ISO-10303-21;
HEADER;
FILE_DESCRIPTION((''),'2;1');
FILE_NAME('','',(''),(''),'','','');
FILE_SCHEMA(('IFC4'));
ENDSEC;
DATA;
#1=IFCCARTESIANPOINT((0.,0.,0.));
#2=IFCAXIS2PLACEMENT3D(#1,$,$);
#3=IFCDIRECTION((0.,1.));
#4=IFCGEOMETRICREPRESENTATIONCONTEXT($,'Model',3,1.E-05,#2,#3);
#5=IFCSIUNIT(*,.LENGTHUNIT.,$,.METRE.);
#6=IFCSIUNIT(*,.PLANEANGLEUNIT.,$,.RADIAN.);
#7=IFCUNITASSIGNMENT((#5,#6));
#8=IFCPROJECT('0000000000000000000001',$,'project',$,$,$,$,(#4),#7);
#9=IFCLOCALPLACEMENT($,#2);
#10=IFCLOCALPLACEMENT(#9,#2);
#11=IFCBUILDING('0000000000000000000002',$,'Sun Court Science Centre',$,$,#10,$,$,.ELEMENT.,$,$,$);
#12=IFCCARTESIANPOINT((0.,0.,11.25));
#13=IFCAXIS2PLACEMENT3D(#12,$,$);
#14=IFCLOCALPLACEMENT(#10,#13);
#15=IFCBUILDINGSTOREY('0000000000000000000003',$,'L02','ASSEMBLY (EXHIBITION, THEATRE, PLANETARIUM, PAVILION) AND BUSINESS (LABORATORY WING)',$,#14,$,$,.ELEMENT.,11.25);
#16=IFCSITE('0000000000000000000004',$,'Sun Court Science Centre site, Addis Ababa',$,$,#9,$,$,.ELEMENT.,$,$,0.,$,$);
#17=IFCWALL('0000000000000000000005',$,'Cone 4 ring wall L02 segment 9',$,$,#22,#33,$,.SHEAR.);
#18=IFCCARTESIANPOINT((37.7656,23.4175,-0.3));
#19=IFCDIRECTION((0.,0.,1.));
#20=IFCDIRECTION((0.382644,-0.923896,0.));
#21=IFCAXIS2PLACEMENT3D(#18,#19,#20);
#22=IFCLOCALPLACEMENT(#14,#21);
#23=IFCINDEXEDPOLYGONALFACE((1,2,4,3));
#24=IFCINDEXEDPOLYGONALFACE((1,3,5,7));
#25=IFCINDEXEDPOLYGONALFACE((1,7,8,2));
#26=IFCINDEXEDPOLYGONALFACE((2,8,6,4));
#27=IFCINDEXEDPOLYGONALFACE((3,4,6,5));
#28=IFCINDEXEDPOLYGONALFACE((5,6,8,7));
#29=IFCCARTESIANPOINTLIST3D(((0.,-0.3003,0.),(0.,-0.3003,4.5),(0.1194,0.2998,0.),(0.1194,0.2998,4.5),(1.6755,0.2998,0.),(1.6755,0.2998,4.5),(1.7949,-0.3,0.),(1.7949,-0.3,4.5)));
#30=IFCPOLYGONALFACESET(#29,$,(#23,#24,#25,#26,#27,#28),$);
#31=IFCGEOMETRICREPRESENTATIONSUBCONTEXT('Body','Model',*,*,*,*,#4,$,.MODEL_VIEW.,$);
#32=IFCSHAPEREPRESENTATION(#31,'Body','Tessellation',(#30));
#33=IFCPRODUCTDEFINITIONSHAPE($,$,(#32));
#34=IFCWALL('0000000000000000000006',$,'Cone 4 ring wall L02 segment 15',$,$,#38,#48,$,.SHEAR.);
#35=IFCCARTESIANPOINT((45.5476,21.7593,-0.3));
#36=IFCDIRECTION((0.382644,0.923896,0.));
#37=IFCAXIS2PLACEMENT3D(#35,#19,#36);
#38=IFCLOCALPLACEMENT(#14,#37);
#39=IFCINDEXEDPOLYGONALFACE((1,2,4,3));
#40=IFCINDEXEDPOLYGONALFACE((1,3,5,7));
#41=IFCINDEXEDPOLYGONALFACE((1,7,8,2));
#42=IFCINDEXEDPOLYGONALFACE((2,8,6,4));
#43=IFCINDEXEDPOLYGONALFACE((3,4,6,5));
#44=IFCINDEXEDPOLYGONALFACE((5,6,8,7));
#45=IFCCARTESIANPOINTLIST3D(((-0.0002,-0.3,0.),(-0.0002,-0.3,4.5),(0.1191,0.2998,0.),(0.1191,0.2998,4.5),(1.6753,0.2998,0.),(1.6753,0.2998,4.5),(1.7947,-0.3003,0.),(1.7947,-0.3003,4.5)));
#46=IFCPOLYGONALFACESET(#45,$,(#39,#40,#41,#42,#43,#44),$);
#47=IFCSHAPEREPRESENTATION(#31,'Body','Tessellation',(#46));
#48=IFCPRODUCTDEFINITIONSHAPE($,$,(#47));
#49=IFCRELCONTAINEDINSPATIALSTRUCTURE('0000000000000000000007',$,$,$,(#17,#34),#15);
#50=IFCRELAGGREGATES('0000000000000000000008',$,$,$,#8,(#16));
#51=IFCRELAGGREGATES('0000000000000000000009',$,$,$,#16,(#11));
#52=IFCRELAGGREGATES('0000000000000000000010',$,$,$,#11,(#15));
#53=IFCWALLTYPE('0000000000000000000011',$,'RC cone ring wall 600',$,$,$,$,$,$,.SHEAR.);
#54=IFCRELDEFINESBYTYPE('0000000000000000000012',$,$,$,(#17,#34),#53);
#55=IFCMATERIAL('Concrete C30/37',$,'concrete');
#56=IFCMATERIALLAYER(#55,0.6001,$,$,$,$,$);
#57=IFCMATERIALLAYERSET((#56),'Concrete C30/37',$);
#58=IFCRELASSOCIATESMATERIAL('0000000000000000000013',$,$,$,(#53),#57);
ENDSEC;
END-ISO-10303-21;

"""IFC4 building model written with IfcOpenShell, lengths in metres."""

from ifc_helpers import new_model, si_unit, direction, frame, origin, place, context, subcontext, project, spatial, polyline, outline, extrude, material, layer, layer_set, type_object, element, save


model = new_model("IFC4")

# Units and contexts
model_context = context("Model", 3, precision=1e-05, world=origin(), true_north=direction((0.0, 1.0)))
body_context = subcontext(model_context, "Body", "Model", "MODEL_VIEW")
ifc_project = project(units=[si_unit("LENGTHUNIT", "METRE"), si_unit("PLANEANGLEUNIT", "RADIAN")], contexts=[model_context])

# Site, building, storey
site_placement = place(None, origin())
site = spatial("IfcSite", under=ifc_project, at=site_placement, Name="Sun Court Science Centre site, Addis Ababa", CompositionType="ELEMENT", RefElevation=0.0)
building_placement = place(site_placement, origin())
building = spatial("IfcBuilding", under=site, at=building_placement, Name="Sun Court Science Centre", CompositionType="ELEMENT")
storey_placement = place(building_placement, frame((0.0, 0.0, 11.25)))
storey = spatial("IfcBuildingStorey", under=building, at=storey_placement, Name="L02", Description="ASSEMBLY (EXHIBITION, THEATRE, PLANETARIUM, PAVILION) AND BUSINESS (LABORATORY WING)", CompositionType="ELEMENT", Elevation=11.25)

# Shared definitions
ifc_material_1 = material(Name="Concrete C30/37", Category="concrete")
ifc_layer_1 = layer(ifc_material_1, 0.6001)
ifc_layer_set_1 = layer_set([ifc_layer_1], Name="Concrete C30/37")
wall_type_1 = type_object("IfcWallType", Name="RC cone ring wall 600", PredefinedType="SHEAR", material=ifc_layer_set_1)

# Walls
wall_1_placement = place(storey_placement, frame((37.7656, 23.4175, -0.3), z_axis=(0.0, 0.0, 1.0), x_axis=(0.382644, -0.923896, 0.0)))
element("IfcWall", 1, at=wall_1_placement, inside=storey, type_object=wall_type_1, Name="Cone 4 ring wall L02 segment 9", PredefinedType="SHEAR", context=body_context, shape_type="SweptSolid", body=[
    extrude(outline(polyline([(0.0, -0.3003), (1.7949, -0.3), (1.6755, 0.2998), (0.1194, 0.2998), (0.0, -0.3003)])), origin(), (0.0, 0.0, 1.0), 4.5),
])
wall_2_placement = place(storey_placement, frame((45.5476, 21.7593, -0.3), z_axis=(0.0, 0.0, 1.0), x_axis=(0.382644, 0.923896, 0.0)))
element("IfcWall", 2, at=wall_2_placement, inside=storey, type_object=wall_type_1, Name="Cone 4 ring wall L02 segment 15", PredefinedType="SHEAR", context=body_context, shape_type="SweptSolid", body=[
    extrude(outline(polyline([(-0.0002, -0.3), (1.7947, -0.3003), (1.6753, 0.2998), (0.1191, 0.2998), (-0.0002, -0.3)])), origin(), (0.0, 0.0, 1.0), 4.5),
])

save(model, "model.ifc")
